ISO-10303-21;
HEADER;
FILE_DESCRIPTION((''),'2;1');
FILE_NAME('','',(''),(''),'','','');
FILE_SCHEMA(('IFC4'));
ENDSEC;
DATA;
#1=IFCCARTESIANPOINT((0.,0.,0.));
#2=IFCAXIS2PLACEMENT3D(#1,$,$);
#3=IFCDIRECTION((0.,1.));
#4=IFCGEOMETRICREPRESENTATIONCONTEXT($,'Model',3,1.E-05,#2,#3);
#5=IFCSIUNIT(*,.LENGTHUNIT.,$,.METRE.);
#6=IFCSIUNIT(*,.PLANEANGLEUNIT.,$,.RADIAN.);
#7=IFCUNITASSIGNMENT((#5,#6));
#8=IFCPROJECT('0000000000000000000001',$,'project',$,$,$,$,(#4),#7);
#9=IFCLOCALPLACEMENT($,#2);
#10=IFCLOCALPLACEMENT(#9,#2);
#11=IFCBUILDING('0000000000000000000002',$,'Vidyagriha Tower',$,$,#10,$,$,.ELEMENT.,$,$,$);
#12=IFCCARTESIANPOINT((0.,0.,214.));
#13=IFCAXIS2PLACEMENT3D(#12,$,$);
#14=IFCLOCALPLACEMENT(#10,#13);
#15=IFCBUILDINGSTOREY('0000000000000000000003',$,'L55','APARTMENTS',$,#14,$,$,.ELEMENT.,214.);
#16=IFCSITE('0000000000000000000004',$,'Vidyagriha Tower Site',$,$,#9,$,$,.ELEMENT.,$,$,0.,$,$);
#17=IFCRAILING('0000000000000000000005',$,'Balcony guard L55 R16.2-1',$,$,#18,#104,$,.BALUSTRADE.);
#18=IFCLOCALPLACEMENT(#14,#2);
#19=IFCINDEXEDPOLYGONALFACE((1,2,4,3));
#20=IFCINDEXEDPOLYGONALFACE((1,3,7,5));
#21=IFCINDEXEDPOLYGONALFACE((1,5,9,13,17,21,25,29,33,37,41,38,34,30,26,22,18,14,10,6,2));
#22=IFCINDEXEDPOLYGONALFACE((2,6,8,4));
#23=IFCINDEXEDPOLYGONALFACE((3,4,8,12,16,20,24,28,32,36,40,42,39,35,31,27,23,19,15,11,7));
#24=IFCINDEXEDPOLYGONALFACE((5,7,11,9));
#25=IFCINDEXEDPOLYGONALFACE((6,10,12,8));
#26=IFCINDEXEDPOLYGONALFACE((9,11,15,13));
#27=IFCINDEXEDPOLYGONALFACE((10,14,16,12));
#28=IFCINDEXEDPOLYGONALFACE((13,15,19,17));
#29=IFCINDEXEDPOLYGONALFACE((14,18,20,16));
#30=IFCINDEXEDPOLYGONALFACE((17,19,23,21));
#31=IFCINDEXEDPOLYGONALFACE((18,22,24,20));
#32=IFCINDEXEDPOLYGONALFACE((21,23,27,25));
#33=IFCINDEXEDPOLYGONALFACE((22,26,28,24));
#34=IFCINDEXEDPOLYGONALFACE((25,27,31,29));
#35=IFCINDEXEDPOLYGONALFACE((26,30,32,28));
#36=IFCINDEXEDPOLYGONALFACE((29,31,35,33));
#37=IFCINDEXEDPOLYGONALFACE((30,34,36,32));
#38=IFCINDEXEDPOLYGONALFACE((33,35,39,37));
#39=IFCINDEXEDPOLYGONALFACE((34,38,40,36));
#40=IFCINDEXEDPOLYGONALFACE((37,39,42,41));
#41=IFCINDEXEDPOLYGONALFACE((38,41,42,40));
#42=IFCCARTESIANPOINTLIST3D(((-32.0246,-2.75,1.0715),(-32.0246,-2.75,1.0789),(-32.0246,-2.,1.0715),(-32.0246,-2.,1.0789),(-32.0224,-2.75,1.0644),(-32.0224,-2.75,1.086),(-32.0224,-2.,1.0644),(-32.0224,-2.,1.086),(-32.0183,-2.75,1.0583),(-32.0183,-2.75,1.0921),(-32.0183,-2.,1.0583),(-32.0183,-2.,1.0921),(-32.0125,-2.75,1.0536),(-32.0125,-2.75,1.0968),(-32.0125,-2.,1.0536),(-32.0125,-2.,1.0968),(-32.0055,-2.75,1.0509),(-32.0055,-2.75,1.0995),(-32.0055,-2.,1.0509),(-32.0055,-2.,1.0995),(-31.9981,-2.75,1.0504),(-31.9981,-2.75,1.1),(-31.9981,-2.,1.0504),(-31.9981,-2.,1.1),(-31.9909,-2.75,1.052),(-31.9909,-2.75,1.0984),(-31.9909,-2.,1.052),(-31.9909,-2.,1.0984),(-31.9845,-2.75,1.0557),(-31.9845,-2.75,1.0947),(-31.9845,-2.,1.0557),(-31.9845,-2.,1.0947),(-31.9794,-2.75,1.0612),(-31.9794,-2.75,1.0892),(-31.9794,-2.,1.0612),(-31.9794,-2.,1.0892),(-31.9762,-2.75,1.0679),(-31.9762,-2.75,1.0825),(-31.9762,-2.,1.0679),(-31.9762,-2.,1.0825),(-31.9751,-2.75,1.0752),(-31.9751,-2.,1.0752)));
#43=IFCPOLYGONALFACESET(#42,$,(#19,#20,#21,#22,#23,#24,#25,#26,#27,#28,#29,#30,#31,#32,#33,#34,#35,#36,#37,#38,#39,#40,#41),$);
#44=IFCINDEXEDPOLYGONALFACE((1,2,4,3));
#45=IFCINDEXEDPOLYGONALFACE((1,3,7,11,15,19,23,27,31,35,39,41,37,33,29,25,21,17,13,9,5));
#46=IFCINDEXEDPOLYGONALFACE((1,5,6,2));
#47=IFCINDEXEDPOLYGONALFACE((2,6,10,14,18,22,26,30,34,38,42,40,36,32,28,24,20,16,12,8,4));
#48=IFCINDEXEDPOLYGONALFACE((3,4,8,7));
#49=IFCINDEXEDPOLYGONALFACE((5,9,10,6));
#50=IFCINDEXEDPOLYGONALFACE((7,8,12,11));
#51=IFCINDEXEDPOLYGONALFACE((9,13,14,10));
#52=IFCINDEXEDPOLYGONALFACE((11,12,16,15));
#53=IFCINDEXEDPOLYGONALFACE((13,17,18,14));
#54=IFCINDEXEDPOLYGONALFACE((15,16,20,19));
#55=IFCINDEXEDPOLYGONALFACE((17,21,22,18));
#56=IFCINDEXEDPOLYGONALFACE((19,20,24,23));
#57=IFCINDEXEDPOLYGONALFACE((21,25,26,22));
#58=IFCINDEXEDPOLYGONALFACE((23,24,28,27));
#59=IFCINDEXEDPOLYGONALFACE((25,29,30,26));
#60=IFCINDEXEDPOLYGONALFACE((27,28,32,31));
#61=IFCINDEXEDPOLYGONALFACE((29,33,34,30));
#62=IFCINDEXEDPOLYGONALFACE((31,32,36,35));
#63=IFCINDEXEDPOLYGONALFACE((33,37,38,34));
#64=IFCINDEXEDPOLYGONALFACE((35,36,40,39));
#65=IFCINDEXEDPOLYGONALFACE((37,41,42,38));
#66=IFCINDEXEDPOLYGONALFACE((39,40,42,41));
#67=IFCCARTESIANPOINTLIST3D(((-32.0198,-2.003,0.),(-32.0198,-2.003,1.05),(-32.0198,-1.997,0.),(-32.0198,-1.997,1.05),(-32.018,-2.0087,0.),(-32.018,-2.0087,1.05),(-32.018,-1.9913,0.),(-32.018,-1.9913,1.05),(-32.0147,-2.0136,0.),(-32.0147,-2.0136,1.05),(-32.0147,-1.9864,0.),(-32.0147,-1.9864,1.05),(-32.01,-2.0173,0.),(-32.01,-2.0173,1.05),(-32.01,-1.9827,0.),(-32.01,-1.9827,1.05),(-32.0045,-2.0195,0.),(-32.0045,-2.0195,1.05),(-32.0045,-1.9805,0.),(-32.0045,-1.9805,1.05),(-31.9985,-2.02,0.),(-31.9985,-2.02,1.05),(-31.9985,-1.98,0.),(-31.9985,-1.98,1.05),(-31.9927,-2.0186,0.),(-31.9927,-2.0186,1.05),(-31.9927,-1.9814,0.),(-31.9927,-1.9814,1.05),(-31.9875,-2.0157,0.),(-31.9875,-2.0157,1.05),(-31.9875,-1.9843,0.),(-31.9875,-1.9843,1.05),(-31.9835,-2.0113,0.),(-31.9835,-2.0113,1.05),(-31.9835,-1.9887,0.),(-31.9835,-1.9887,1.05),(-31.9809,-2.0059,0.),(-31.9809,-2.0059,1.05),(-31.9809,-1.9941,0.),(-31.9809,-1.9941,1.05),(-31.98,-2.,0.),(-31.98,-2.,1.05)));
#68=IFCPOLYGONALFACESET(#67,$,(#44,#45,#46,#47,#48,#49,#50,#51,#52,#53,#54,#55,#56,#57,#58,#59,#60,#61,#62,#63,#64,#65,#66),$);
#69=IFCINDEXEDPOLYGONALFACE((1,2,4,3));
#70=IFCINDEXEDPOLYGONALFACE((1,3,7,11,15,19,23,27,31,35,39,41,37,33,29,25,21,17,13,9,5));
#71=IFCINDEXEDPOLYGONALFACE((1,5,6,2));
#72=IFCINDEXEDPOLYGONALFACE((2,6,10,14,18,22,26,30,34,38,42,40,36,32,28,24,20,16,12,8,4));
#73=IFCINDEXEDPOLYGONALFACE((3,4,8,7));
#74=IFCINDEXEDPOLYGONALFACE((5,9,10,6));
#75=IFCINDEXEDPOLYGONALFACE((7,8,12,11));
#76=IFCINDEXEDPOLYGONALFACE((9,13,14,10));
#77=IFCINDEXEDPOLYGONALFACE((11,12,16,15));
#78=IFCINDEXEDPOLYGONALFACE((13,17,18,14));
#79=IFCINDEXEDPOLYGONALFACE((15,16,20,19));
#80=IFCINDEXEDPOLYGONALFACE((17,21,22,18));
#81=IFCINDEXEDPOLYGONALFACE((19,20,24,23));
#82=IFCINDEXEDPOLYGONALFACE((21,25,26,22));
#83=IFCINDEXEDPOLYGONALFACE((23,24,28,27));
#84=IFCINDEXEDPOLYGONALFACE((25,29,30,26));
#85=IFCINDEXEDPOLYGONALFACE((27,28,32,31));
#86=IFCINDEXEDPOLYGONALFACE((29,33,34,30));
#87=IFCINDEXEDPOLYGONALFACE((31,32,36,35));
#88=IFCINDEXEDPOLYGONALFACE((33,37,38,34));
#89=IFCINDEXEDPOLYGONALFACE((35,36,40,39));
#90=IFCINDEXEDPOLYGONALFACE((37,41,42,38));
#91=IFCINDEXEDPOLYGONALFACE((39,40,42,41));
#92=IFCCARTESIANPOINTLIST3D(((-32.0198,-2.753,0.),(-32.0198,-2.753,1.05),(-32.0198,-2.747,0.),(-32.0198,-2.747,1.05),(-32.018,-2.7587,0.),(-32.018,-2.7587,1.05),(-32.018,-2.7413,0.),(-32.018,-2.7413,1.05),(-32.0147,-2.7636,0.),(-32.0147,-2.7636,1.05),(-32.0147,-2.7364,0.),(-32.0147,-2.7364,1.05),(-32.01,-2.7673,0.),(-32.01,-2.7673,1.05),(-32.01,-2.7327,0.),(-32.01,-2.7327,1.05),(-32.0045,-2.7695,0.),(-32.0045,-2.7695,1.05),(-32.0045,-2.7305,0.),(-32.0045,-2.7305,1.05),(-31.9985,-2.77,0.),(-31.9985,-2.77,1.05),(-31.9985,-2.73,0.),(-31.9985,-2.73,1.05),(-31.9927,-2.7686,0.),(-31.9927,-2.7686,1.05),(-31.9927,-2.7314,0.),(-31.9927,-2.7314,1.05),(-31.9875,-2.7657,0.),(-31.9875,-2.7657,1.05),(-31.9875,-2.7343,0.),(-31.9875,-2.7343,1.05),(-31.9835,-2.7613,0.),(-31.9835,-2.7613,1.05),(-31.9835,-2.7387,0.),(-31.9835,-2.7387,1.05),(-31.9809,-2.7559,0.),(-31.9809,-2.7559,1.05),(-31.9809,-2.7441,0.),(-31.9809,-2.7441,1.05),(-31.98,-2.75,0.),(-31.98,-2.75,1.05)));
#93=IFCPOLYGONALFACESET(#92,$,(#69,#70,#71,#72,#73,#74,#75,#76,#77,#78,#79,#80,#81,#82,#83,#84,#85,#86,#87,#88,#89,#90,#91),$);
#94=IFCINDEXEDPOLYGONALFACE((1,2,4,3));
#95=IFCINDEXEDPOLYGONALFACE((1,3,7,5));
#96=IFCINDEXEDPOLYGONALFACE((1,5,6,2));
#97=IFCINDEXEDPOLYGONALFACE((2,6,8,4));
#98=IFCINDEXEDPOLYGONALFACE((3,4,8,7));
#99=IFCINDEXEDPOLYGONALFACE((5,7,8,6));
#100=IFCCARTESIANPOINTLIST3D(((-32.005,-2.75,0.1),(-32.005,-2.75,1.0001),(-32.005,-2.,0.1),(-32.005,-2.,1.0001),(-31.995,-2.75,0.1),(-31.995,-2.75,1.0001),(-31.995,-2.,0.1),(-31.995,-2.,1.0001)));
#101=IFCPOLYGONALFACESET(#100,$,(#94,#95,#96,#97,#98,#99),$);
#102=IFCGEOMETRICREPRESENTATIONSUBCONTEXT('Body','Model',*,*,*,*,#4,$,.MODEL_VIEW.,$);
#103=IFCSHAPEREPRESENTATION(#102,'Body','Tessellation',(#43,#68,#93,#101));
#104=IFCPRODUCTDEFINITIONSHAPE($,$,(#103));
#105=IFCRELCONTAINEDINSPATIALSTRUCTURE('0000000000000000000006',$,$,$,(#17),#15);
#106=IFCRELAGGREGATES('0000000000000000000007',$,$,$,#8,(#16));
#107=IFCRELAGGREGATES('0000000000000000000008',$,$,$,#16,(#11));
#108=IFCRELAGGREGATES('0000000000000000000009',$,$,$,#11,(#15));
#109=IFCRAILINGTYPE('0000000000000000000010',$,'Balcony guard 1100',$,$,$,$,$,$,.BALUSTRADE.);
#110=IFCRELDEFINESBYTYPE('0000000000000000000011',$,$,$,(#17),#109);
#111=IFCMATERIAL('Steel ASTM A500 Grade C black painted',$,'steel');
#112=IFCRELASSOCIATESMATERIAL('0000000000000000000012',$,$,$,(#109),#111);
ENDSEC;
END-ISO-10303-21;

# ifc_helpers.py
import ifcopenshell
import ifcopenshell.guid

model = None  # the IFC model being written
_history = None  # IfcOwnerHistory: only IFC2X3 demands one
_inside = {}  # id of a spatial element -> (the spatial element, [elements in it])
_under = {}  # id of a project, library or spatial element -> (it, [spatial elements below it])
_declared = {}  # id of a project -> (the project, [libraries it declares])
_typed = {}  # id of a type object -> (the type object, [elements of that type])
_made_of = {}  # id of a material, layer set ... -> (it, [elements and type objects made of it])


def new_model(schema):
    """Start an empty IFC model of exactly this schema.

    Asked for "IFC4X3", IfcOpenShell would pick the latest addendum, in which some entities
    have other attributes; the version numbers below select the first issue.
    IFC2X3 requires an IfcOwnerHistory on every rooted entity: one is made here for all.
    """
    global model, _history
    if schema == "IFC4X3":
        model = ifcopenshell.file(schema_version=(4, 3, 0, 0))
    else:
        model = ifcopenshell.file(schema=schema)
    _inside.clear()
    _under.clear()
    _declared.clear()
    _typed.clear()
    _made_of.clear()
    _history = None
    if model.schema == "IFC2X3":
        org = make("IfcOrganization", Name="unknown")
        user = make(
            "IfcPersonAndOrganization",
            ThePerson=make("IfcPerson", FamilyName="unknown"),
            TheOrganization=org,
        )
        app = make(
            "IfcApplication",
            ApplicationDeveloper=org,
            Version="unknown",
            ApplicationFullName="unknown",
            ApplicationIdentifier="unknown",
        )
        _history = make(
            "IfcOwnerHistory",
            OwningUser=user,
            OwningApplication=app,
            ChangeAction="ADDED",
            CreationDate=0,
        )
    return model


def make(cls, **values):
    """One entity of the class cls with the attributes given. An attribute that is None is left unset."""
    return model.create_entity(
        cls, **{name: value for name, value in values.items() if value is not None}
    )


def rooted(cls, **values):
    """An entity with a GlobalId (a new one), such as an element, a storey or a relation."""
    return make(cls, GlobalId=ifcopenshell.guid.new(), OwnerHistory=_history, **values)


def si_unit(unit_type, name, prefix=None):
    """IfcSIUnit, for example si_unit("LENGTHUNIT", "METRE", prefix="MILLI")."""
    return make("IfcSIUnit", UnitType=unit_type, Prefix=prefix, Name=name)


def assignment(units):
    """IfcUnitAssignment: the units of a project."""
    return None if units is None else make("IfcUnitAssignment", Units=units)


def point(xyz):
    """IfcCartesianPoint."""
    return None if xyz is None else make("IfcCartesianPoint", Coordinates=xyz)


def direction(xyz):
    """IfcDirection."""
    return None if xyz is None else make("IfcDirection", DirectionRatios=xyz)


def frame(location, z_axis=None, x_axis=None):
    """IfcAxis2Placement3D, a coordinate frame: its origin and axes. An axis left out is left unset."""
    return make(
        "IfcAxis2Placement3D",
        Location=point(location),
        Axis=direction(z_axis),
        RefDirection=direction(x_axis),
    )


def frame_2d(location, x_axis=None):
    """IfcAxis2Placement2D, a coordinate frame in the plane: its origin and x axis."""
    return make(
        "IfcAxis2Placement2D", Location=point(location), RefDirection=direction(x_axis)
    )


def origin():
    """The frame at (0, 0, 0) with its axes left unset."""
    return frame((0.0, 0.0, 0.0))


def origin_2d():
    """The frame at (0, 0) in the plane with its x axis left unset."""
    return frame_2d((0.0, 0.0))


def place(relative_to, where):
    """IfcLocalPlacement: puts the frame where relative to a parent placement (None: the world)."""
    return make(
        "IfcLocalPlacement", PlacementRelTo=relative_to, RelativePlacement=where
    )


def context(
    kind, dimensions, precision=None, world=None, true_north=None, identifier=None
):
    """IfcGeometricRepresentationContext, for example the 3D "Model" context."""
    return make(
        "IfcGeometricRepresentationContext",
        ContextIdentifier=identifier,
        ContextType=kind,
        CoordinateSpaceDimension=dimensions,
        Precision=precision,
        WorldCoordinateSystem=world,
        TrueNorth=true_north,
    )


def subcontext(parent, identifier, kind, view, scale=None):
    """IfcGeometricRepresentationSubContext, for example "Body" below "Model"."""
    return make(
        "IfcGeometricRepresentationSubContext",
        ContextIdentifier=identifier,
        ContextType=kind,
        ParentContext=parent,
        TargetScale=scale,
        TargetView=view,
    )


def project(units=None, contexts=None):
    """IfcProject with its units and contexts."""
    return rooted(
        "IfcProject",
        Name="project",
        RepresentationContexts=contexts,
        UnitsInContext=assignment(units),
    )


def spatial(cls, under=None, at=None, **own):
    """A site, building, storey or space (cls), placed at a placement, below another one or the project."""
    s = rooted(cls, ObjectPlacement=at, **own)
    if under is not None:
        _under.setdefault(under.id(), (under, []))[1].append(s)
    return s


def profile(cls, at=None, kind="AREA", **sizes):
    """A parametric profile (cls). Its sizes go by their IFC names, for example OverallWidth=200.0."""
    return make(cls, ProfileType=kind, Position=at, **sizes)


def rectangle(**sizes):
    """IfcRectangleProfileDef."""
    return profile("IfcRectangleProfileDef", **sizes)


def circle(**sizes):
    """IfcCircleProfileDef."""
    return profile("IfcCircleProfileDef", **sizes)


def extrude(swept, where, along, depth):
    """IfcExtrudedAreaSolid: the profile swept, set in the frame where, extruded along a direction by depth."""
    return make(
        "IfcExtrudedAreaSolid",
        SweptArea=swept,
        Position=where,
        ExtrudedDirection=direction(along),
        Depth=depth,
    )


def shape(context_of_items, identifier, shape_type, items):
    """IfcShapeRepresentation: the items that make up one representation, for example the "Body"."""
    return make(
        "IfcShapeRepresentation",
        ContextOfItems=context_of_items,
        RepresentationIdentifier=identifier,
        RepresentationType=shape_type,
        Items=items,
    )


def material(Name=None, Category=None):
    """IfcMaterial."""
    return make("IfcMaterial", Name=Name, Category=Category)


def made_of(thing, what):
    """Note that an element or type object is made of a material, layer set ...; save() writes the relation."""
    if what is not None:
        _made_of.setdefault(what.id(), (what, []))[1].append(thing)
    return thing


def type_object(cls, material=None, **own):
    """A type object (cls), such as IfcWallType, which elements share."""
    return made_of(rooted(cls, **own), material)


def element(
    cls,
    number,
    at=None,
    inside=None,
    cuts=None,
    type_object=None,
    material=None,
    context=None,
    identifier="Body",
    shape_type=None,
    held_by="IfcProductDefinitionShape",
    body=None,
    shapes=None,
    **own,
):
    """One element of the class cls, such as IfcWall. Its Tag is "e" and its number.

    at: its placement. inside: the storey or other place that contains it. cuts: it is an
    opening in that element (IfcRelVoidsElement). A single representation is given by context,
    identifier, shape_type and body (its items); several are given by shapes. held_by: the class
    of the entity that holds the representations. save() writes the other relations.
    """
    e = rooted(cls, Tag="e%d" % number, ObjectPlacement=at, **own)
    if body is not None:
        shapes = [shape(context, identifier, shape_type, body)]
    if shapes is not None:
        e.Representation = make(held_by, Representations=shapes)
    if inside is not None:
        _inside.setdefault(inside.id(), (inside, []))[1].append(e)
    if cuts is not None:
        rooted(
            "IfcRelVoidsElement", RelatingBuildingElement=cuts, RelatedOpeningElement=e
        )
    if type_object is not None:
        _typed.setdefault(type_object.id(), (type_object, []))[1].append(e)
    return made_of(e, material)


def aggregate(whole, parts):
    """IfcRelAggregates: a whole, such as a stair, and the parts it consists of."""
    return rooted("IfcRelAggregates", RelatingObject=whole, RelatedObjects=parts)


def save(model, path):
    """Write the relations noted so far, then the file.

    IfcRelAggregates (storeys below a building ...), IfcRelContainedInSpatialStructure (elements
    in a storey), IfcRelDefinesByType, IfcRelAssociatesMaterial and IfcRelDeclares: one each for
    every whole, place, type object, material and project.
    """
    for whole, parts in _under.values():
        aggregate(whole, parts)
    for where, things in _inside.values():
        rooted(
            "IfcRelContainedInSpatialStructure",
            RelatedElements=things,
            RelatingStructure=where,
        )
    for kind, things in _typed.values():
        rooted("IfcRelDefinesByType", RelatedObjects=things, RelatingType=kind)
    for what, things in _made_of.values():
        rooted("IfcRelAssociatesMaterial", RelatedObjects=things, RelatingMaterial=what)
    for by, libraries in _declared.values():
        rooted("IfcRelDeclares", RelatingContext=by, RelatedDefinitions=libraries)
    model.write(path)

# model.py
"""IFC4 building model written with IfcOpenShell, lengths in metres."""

from ifc_helpers import new_model, si_unit, direction, frame, origin, origin_2d, place, context, subcontext, project, spatial, rectangle, circle, extrude, material, type_object, element, save


model = new_model("IFC4")

# Units and contexts
model_context = context("Model", 3, precision=1e-05, world=origin(), true_north=direction((0.0, 1.0)))
body_context = subcontext(model_context, "Body", "Model", "MODEL_VIEW")
ifc_project = project(units=[si_unit("LENGTHUNIT", "METRE"), si_unit("PLANEANGLEUNIT", "RADIAN")], contexts=[model_context])

# Site, building, storey
site_placement = place(None, origin())
site = spatial("IfcSite", under=ifc_project, at=site_placement, Name="Vidyagriha Tower Site", CompositionType="ELEMENT", RefElevation=0.0)
building_placement = place(site_placement, origin())
building = spatial("IfcBuilding", under=site, at=building_placement, Name="Vidyagriha Tower", CompositionType="ELEMENT")
storey_placement = place(building_placement, frame((0.0, 0.0, 214.0)))
storey = spatial("IfcBuildingStorey", under=building, at=storey_placement, Name="L55", Description="APARTMENTS", CompositionType="ELEMENT", Elevation=214.0)

# Railing
ifc_material_1 = material(Name="Steel ASTM A500 Grade C black painted", Category="steel")
railing_type_1 = type_object("IfcRailingType", Name="Balcony guard 1100", PredefinedType="BALUSTRADE", material=ifc_material_1)
railing_1_placement = place(storey_placement, frame((-32.0, -2.0, 0.0)))
element("IfcRailing", 1, at=railing_1_placement, inside=storey, type_object=railing_type_1, Name="Balcony guard L55 R16.2-1", PredefinedType="BALUSTRADE", context=body_context, shape_type="SweptSolid", body=[
    extrude(circle(Radius=0.0249, at=origin_2d()), frame((0.0, 0.0, 1.0752), z_axis=(0.0, -1.0, 0.0), x_axis=(1.0, 0.0, 0.0)), (0.0, 0.0, 1.0), 0.75),
    extrude(circle(Radius=0.02, at=origin_2d()), origin(), (0.0, 0.0, 1.0), 1.05),
    extrude(circle(Radius=0.02, at=origin_2d()), frame((0.0, -0.75, 0.0)), (0.0, 0.0, 1.0), 1.05),
    extrude(rectangle(XDim=0.01, YDim=0.9001, at=origin_2d()), frame((0.0, 0.0, 0.55), z_axis=(0.0, -1.0, 0.0), x_axis=(1.0, 0.0, 0.0)), (0.0, 0.0, 1.0), 0.75),
])

save(model, "model.ifc")
